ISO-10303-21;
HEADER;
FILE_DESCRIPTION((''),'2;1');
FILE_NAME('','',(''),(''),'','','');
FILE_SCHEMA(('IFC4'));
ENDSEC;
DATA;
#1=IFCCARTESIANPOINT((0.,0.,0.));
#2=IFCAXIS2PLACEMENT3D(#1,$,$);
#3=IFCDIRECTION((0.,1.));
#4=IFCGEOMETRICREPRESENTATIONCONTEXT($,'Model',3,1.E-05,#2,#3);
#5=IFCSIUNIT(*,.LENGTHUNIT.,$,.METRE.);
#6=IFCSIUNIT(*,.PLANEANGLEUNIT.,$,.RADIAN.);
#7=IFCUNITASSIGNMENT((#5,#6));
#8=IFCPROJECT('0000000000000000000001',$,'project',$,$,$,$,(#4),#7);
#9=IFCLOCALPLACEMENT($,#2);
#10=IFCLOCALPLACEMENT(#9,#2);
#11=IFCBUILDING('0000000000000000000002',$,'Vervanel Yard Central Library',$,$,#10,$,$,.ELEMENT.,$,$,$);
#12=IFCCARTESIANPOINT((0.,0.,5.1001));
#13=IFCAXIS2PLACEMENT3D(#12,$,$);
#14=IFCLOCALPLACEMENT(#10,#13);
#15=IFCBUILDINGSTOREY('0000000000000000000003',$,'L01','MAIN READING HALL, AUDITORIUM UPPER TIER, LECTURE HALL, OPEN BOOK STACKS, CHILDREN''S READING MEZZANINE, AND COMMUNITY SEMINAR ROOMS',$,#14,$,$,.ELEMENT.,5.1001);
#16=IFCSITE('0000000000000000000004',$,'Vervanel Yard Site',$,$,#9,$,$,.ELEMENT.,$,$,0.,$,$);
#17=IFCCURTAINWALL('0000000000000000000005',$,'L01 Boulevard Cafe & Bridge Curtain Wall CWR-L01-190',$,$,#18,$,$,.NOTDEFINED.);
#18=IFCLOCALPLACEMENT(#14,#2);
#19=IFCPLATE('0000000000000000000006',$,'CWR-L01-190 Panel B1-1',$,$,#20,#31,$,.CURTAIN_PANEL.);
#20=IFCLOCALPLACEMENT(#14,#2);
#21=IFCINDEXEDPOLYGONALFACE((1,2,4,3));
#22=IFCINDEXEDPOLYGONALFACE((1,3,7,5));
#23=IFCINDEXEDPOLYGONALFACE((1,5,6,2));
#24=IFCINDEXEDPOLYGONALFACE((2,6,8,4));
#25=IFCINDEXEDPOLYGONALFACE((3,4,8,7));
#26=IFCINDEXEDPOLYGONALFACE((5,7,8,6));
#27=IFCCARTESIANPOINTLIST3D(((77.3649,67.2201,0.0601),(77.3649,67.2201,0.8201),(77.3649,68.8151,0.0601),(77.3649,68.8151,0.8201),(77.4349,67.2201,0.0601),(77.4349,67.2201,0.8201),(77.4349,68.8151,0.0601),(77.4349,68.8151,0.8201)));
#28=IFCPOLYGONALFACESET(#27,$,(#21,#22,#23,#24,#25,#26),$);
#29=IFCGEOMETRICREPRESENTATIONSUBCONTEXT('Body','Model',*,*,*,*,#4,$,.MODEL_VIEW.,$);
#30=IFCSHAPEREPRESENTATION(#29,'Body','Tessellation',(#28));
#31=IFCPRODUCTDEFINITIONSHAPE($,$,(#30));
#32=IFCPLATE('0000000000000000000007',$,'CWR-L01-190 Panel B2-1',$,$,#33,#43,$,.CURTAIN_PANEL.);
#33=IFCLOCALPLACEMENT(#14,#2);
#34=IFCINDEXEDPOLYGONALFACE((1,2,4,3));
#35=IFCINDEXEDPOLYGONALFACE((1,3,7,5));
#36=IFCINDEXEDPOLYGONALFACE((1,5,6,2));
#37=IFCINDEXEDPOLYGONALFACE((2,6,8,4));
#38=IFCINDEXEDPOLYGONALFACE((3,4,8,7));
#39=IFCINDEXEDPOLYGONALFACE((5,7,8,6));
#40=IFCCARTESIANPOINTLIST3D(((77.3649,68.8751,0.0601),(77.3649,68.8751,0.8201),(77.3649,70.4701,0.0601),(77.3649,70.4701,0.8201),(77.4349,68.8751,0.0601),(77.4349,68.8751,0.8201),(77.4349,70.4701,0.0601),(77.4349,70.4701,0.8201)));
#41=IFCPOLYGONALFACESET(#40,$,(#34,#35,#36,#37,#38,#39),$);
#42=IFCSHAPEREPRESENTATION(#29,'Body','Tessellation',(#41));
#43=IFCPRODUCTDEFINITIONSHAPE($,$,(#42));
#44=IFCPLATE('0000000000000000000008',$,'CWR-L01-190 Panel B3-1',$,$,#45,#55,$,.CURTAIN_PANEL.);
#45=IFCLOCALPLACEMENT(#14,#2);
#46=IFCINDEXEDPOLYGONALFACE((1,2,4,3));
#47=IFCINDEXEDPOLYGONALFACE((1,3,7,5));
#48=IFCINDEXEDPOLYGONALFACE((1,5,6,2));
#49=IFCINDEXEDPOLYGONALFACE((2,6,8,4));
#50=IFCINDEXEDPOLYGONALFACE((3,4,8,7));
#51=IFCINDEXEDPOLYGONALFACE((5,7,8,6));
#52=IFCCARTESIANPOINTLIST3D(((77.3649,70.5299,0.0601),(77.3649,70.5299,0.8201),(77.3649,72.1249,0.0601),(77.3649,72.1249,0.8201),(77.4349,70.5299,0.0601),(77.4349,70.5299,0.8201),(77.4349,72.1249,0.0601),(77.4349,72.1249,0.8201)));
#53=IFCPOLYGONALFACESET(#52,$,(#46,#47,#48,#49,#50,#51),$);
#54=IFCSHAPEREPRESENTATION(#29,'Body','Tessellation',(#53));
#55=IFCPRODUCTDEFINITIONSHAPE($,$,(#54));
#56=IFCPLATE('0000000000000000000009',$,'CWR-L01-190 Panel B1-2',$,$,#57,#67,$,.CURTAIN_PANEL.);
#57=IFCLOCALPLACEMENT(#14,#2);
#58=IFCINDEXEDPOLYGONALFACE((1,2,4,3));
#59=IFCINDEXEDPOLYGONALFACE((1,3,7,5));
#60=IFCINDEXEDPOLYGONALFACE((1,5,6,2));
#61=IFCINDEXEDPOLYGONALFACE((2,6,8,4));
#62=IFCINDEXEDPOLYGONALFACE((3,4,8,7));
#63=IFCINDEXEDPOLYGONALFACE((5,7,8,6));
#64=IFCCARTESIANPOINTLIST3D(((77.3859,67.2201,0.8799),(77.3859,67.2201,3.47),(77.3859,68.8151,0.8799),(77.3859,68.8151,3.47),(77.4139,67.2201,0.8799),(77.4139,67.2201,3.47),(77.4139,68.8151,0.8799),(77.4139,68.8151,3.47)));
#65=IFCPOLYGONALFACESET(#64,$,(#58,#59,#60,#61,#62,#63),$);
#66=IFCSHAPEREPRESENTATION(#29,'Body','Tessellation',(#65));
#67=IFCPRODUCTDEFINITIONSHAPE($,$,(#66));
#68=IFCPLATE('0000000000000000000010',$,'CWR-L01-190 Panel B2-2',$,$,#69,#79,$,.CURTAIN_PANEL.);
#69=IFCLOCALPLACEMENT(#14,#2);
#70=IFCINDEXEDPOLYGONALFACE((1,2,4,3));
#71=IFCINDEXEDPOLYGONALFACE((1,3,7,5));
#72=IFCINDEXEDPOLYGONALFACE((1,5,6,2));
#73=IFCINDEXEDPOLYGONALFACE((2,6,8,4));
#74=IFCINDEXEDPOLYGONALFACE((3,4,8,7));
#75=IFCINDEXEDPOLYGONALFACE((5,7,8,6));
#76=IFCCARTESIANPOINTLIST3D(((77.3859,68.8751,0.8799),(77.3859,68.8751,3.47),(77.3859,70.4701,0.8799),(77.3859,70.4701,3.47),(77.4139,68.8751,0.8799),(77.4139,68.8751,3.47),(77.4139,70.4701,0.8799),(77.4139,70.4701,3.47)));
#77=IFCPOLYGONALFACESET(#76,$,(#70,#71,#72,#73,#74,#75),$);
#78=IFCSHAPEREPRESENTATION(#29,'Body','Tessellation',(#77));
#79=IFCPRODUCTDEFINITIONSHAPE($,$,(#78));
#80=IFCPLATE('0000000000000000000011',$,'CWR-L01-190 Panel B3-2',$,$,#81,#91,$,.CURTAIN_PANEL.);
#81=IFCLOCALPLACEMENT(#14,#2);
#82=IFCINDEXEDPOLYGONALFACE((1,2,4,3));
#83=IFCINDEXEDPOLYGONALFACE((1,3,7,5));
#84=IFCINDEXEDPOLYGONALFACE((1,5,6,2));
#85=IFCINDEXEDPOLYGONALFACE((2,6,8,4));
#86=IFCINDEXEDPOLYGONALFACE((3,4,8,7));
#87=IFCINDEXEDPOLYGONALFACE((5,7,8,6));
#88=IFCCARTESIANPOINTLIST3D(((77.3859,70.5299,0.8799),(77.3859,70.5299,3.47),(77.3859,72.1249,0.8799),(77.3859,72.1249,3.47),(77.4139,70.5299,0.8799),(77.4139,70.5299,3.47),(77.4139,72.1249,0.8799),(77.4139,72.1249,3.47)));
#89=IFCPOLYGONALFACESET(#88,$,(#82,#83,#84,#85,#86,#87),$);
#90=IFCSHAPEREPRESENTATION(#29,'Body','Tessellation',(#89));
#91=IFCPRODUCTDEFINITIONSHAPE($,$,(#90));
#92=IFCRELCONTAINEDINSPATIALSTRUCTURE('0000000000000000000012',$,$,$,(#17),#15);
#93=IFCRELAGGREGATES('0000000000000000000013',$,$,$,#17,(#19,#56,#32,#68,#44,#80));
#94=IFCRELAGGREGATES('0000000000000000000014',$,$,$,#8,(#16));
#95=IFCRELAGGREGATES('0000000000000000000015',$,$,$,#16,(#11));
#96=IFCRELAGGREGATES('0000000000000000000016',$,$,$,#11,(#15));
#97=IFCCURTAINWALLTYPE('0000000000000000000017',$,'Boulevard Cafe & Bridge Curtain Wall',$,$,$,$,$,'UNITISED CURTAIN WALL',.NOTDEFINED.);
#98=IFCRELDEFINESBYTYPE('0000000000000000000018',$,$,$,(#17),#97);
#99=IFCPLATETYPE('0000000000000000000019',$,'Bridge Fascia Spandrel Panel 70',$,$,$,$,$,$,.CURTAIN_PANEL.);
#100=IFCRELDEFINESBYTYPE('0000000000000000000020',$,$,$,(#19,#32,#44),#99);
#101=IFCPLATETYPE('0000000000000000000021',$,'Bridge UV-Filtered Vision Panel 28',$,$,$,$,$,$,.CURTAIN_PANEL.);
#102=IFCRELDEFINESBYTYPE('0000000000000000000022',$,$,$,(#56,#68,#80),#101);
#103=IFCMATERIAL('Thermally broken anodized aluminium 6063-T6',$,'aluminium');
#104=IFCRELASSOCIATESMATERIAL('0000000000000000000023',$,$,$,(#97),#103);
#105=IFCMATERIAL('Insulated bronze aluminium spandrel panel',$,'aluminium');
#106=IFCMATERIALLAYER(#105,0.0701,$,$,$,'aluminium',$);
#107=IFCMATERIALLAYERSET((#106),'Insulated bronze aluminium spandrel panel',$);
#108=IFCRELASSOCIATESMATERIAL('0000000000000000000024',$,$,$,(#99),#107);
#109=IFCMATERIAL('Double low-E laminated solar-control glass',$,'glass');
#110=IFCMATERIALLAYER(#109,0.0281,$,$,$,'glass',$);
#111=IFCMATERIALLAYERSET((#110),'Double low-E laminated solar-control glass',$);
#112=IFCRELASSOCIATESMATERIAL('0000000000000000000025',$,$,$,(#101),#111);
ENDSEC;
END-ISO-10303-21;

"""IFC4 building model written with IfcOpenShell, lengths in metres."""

from ifc_helpers import new_model, si_unit, direction, frame, origin, origin_2d, place, context, subcontext, project, spatial, rectangle, extrude, material, layer, layer_set, type_object, element, aggregate, save


model = new_model("IFC4")

# Units and contexts
model_context = context("Model", 3, precision=1e-05, world=origin(), true_north=direction((0.0, 1.0)))
body_context = subcontext(model_context, "Body", "Model", "MODEL_VIEW")
ifc_project = project(units=[si_unit("LENGTHUNIT", "METRE"), si_unit("PLANEANGLEUNIT", "RADIAN")], contexts=[model_context])

# Site, building, storey
site_placement = place(None, origin())
site = spatial("IfcSite", under=ifc_project, at=site_placement, Name="Vervanel Yard Site", CompositionType="ELEMENT", RefElevation=0.0)
building_placement = place(site_placement, origin())
building = spatial("IfcBuilding", under=site, at=building_placement, Name="Vervanel Yard Central Library", CompositionType="ELEMENT")
storey_placement = place(building_placement, frame((0.0, 0.0, 5.1001)))
storey = spatial("IfcBuildingStorey", under=building, at=storey_placement, Name="L01", Description="MAIN READING HALL, AUDITORIUM UPPER TIER, LECTURE HALL, OPEN BOOK STACKS, CHILDREN'S READING MEZZANINE, AND COMMUNITY SEMINAR ROOMS", CompositionType="ELEMENT", Elevation=5.1001)

# Curtain wall
ifc_material_1 = material(Name="Thermally broken anodized aluminium 6063-T6", Category="aluminium")
curtain_wall_type = type_object("IfcCurtainWallType", Name="Boulevard Cafe & Bridge Curtain Wall", ElementType="UNITISED CURTAIN WALL", PredefinedType="NOTDEFINED", material=ifc_material_1)
curtain_wall_placement = place(storey_placement, origin())
curtain_wall = element("IfcCurtainWall", 1, at=curtain_wall_placement, inside=storey, type_object=curtain_wall_type, Name="L01 Boulevard Cafe & Bridge Curtain Wall CWR-L01-190", PredefinedType="NOTDEFINED")

# Plates
ifc_material_2 = material(Name="Insulated bronze aluminium spandrel panel", Category="aluminium")
ifc_layer_1 = layer(ifc_material_2, 0.0701, Category="aluminium")
ifc_layer_set_1 = layer_set([ifc_layer_1], Name="Insulated bronze aluminium spandrel panel")
plate_type_1 = type_object("IfcPlateType", Name="Bridge Fascia Spandrel Panel 70", PredefinedType="CURTAIN_PANEL", material=ifc_layer_set_1)
plate_1_placement = place(storey_placement, frame((77.3999, 68.0176, 0.0601), z_axis=(0.0, 0.0, 1.0), x_axis=(0.0, 1.0, 0.0)))
plate_1 = element("IfcPlate", 2, at=plate_1_placement, type_object=plate_type_1, Name="CWR-L01-190 Panel B1-1", PredefinedType="CURTAIN_PANEL", context=body_context, shape_type="SweptSolid", body=[
    extrude(rectangle(XDim=1.595, YDim=0.0701, at=origin_2d()), origin(), (0.0, 0.0, 1.0), 0.76),
])
plate_2_placement = place(storey_placement, frame((77.3999, 69.6726, 0.0601), z_axis=(0.0, 0.0, 1.0), x_axis=(0.0, 1.0, 0.0)))
plate_2 = element("IfcPlate", 3, at=plate_2_placement, type_object=plate_type_1, Name="CWR-L01-190 Panel B2-1", PredefinedType="CURTAIN_PANEL", context=body_context, shape_type="SweptSolid", body=[
    extrude(rectangle(XDim=1.595, YDim=0.0701, at=origin_2d()), origin(), (0.0, 0.0, 1.0), 0.76),
])
plate_3_placement = place(storey_placement, frame((77.3999, 71.3274, 0.0601), z_axis=(0.0, 0.0, 1.0), x_axis=(0.0, 1.0, 0.0)))
plate_3 = element("IfcPlate", 4, at=plate_3_placement, type_object=plate_type_1, Name="CWR-L01-190 Panel B3-1", PredefinedType="CURTAIN_PANEL", context=body_context, shape_type="SweptSolid", body=[
    extrude(rectangle(XDim=1.595, YDim=0.0701, at=origin_2d()), origin(), (0.0, 0.0, 1.0), 0.76),
])
ifc_material_3 = material(Name="Double low-E laminated solar-control glass", Category="glass")
ifc_layer_2 = layer(ifc_material_3, 0.0281, Category="glass")
ifc_layer_set_2 = layer_set([ifc_layer_2], Name="Double low-E laminated solar-control glass")
plate_type_2 = type_object("IfcPlateType", Name="Bridge UV-Filtered Vision Panel 28", PredefinedType="CURTAIN_PANEL", material=ifc_layer_set_2)
plate_4_placement = place(storey_placement, frame((77.3999, 68.0176, 0.8799), z_axis=(0.0, 0.0, 1.0), x_axis=(0.0, 1.0, 0.0)))
plate_4 = element("IfcPlate", 5, at=plate_4_placement, type_object=plate_type_2, Name="CWR-L01-190 Panel B1-2", PredefinedType="CURTAIN_PANEL", context=body_context, shape_type="SweptSolid", body=[
    extrude(rectangle(XDim=1.595, YDim=0.0281, at=origin_2d()), origin(), (0.0, 0.0, 1.0), 2.5901),
])
plate_5_placement = place(storey_placement, frame((77.3999, 69.6726, 0.8799), z_axis=(0.0, 0.0, 1.0), x_axis=(0.0, 1.0, 0.0)))
plate_5 = element("IfcPlate", 6, at=plate_5_placement, type_object=plate_type_2, Name="CWR-L01-190 Panel B2-2", PredefinedType="CURTAIN_PANEL", context=body_context, shape_type="SweptSolid", body=[
    extrude(rectangle(XDim=1.595, YDim=0.0281, at=origin_2d()), origin(), (0.0, 0.0, 1.0), 2.5901),
])
plate_6_placement = place(storey_placement, frame((77.3999, 71.3274, 0.8799), z_axis=(0.0, 0.0, 1.0), x_axis=(0.0, 1.0, 0.0)))
plate_6 = element("IfcPlate", 7, at=plate_6_placement, type_object=plate_type_2, Name="CWR-L01-190 Panel B3-2", PredefinedType="CURTAIN_PANEL", context=body_context, shape_type="SweptSolid", body=[
    extrude(rectangle(XDim=1.595, YDim=0.0281, at=origin_2d()), origin(), (0.0, 0.0, 1.0), 2.5901),
])
aggregate(curtain_wall, [plate_1, plate_4, plate_2, plate_5, plate_3, plate_6])

save(model, "model.ifc")
